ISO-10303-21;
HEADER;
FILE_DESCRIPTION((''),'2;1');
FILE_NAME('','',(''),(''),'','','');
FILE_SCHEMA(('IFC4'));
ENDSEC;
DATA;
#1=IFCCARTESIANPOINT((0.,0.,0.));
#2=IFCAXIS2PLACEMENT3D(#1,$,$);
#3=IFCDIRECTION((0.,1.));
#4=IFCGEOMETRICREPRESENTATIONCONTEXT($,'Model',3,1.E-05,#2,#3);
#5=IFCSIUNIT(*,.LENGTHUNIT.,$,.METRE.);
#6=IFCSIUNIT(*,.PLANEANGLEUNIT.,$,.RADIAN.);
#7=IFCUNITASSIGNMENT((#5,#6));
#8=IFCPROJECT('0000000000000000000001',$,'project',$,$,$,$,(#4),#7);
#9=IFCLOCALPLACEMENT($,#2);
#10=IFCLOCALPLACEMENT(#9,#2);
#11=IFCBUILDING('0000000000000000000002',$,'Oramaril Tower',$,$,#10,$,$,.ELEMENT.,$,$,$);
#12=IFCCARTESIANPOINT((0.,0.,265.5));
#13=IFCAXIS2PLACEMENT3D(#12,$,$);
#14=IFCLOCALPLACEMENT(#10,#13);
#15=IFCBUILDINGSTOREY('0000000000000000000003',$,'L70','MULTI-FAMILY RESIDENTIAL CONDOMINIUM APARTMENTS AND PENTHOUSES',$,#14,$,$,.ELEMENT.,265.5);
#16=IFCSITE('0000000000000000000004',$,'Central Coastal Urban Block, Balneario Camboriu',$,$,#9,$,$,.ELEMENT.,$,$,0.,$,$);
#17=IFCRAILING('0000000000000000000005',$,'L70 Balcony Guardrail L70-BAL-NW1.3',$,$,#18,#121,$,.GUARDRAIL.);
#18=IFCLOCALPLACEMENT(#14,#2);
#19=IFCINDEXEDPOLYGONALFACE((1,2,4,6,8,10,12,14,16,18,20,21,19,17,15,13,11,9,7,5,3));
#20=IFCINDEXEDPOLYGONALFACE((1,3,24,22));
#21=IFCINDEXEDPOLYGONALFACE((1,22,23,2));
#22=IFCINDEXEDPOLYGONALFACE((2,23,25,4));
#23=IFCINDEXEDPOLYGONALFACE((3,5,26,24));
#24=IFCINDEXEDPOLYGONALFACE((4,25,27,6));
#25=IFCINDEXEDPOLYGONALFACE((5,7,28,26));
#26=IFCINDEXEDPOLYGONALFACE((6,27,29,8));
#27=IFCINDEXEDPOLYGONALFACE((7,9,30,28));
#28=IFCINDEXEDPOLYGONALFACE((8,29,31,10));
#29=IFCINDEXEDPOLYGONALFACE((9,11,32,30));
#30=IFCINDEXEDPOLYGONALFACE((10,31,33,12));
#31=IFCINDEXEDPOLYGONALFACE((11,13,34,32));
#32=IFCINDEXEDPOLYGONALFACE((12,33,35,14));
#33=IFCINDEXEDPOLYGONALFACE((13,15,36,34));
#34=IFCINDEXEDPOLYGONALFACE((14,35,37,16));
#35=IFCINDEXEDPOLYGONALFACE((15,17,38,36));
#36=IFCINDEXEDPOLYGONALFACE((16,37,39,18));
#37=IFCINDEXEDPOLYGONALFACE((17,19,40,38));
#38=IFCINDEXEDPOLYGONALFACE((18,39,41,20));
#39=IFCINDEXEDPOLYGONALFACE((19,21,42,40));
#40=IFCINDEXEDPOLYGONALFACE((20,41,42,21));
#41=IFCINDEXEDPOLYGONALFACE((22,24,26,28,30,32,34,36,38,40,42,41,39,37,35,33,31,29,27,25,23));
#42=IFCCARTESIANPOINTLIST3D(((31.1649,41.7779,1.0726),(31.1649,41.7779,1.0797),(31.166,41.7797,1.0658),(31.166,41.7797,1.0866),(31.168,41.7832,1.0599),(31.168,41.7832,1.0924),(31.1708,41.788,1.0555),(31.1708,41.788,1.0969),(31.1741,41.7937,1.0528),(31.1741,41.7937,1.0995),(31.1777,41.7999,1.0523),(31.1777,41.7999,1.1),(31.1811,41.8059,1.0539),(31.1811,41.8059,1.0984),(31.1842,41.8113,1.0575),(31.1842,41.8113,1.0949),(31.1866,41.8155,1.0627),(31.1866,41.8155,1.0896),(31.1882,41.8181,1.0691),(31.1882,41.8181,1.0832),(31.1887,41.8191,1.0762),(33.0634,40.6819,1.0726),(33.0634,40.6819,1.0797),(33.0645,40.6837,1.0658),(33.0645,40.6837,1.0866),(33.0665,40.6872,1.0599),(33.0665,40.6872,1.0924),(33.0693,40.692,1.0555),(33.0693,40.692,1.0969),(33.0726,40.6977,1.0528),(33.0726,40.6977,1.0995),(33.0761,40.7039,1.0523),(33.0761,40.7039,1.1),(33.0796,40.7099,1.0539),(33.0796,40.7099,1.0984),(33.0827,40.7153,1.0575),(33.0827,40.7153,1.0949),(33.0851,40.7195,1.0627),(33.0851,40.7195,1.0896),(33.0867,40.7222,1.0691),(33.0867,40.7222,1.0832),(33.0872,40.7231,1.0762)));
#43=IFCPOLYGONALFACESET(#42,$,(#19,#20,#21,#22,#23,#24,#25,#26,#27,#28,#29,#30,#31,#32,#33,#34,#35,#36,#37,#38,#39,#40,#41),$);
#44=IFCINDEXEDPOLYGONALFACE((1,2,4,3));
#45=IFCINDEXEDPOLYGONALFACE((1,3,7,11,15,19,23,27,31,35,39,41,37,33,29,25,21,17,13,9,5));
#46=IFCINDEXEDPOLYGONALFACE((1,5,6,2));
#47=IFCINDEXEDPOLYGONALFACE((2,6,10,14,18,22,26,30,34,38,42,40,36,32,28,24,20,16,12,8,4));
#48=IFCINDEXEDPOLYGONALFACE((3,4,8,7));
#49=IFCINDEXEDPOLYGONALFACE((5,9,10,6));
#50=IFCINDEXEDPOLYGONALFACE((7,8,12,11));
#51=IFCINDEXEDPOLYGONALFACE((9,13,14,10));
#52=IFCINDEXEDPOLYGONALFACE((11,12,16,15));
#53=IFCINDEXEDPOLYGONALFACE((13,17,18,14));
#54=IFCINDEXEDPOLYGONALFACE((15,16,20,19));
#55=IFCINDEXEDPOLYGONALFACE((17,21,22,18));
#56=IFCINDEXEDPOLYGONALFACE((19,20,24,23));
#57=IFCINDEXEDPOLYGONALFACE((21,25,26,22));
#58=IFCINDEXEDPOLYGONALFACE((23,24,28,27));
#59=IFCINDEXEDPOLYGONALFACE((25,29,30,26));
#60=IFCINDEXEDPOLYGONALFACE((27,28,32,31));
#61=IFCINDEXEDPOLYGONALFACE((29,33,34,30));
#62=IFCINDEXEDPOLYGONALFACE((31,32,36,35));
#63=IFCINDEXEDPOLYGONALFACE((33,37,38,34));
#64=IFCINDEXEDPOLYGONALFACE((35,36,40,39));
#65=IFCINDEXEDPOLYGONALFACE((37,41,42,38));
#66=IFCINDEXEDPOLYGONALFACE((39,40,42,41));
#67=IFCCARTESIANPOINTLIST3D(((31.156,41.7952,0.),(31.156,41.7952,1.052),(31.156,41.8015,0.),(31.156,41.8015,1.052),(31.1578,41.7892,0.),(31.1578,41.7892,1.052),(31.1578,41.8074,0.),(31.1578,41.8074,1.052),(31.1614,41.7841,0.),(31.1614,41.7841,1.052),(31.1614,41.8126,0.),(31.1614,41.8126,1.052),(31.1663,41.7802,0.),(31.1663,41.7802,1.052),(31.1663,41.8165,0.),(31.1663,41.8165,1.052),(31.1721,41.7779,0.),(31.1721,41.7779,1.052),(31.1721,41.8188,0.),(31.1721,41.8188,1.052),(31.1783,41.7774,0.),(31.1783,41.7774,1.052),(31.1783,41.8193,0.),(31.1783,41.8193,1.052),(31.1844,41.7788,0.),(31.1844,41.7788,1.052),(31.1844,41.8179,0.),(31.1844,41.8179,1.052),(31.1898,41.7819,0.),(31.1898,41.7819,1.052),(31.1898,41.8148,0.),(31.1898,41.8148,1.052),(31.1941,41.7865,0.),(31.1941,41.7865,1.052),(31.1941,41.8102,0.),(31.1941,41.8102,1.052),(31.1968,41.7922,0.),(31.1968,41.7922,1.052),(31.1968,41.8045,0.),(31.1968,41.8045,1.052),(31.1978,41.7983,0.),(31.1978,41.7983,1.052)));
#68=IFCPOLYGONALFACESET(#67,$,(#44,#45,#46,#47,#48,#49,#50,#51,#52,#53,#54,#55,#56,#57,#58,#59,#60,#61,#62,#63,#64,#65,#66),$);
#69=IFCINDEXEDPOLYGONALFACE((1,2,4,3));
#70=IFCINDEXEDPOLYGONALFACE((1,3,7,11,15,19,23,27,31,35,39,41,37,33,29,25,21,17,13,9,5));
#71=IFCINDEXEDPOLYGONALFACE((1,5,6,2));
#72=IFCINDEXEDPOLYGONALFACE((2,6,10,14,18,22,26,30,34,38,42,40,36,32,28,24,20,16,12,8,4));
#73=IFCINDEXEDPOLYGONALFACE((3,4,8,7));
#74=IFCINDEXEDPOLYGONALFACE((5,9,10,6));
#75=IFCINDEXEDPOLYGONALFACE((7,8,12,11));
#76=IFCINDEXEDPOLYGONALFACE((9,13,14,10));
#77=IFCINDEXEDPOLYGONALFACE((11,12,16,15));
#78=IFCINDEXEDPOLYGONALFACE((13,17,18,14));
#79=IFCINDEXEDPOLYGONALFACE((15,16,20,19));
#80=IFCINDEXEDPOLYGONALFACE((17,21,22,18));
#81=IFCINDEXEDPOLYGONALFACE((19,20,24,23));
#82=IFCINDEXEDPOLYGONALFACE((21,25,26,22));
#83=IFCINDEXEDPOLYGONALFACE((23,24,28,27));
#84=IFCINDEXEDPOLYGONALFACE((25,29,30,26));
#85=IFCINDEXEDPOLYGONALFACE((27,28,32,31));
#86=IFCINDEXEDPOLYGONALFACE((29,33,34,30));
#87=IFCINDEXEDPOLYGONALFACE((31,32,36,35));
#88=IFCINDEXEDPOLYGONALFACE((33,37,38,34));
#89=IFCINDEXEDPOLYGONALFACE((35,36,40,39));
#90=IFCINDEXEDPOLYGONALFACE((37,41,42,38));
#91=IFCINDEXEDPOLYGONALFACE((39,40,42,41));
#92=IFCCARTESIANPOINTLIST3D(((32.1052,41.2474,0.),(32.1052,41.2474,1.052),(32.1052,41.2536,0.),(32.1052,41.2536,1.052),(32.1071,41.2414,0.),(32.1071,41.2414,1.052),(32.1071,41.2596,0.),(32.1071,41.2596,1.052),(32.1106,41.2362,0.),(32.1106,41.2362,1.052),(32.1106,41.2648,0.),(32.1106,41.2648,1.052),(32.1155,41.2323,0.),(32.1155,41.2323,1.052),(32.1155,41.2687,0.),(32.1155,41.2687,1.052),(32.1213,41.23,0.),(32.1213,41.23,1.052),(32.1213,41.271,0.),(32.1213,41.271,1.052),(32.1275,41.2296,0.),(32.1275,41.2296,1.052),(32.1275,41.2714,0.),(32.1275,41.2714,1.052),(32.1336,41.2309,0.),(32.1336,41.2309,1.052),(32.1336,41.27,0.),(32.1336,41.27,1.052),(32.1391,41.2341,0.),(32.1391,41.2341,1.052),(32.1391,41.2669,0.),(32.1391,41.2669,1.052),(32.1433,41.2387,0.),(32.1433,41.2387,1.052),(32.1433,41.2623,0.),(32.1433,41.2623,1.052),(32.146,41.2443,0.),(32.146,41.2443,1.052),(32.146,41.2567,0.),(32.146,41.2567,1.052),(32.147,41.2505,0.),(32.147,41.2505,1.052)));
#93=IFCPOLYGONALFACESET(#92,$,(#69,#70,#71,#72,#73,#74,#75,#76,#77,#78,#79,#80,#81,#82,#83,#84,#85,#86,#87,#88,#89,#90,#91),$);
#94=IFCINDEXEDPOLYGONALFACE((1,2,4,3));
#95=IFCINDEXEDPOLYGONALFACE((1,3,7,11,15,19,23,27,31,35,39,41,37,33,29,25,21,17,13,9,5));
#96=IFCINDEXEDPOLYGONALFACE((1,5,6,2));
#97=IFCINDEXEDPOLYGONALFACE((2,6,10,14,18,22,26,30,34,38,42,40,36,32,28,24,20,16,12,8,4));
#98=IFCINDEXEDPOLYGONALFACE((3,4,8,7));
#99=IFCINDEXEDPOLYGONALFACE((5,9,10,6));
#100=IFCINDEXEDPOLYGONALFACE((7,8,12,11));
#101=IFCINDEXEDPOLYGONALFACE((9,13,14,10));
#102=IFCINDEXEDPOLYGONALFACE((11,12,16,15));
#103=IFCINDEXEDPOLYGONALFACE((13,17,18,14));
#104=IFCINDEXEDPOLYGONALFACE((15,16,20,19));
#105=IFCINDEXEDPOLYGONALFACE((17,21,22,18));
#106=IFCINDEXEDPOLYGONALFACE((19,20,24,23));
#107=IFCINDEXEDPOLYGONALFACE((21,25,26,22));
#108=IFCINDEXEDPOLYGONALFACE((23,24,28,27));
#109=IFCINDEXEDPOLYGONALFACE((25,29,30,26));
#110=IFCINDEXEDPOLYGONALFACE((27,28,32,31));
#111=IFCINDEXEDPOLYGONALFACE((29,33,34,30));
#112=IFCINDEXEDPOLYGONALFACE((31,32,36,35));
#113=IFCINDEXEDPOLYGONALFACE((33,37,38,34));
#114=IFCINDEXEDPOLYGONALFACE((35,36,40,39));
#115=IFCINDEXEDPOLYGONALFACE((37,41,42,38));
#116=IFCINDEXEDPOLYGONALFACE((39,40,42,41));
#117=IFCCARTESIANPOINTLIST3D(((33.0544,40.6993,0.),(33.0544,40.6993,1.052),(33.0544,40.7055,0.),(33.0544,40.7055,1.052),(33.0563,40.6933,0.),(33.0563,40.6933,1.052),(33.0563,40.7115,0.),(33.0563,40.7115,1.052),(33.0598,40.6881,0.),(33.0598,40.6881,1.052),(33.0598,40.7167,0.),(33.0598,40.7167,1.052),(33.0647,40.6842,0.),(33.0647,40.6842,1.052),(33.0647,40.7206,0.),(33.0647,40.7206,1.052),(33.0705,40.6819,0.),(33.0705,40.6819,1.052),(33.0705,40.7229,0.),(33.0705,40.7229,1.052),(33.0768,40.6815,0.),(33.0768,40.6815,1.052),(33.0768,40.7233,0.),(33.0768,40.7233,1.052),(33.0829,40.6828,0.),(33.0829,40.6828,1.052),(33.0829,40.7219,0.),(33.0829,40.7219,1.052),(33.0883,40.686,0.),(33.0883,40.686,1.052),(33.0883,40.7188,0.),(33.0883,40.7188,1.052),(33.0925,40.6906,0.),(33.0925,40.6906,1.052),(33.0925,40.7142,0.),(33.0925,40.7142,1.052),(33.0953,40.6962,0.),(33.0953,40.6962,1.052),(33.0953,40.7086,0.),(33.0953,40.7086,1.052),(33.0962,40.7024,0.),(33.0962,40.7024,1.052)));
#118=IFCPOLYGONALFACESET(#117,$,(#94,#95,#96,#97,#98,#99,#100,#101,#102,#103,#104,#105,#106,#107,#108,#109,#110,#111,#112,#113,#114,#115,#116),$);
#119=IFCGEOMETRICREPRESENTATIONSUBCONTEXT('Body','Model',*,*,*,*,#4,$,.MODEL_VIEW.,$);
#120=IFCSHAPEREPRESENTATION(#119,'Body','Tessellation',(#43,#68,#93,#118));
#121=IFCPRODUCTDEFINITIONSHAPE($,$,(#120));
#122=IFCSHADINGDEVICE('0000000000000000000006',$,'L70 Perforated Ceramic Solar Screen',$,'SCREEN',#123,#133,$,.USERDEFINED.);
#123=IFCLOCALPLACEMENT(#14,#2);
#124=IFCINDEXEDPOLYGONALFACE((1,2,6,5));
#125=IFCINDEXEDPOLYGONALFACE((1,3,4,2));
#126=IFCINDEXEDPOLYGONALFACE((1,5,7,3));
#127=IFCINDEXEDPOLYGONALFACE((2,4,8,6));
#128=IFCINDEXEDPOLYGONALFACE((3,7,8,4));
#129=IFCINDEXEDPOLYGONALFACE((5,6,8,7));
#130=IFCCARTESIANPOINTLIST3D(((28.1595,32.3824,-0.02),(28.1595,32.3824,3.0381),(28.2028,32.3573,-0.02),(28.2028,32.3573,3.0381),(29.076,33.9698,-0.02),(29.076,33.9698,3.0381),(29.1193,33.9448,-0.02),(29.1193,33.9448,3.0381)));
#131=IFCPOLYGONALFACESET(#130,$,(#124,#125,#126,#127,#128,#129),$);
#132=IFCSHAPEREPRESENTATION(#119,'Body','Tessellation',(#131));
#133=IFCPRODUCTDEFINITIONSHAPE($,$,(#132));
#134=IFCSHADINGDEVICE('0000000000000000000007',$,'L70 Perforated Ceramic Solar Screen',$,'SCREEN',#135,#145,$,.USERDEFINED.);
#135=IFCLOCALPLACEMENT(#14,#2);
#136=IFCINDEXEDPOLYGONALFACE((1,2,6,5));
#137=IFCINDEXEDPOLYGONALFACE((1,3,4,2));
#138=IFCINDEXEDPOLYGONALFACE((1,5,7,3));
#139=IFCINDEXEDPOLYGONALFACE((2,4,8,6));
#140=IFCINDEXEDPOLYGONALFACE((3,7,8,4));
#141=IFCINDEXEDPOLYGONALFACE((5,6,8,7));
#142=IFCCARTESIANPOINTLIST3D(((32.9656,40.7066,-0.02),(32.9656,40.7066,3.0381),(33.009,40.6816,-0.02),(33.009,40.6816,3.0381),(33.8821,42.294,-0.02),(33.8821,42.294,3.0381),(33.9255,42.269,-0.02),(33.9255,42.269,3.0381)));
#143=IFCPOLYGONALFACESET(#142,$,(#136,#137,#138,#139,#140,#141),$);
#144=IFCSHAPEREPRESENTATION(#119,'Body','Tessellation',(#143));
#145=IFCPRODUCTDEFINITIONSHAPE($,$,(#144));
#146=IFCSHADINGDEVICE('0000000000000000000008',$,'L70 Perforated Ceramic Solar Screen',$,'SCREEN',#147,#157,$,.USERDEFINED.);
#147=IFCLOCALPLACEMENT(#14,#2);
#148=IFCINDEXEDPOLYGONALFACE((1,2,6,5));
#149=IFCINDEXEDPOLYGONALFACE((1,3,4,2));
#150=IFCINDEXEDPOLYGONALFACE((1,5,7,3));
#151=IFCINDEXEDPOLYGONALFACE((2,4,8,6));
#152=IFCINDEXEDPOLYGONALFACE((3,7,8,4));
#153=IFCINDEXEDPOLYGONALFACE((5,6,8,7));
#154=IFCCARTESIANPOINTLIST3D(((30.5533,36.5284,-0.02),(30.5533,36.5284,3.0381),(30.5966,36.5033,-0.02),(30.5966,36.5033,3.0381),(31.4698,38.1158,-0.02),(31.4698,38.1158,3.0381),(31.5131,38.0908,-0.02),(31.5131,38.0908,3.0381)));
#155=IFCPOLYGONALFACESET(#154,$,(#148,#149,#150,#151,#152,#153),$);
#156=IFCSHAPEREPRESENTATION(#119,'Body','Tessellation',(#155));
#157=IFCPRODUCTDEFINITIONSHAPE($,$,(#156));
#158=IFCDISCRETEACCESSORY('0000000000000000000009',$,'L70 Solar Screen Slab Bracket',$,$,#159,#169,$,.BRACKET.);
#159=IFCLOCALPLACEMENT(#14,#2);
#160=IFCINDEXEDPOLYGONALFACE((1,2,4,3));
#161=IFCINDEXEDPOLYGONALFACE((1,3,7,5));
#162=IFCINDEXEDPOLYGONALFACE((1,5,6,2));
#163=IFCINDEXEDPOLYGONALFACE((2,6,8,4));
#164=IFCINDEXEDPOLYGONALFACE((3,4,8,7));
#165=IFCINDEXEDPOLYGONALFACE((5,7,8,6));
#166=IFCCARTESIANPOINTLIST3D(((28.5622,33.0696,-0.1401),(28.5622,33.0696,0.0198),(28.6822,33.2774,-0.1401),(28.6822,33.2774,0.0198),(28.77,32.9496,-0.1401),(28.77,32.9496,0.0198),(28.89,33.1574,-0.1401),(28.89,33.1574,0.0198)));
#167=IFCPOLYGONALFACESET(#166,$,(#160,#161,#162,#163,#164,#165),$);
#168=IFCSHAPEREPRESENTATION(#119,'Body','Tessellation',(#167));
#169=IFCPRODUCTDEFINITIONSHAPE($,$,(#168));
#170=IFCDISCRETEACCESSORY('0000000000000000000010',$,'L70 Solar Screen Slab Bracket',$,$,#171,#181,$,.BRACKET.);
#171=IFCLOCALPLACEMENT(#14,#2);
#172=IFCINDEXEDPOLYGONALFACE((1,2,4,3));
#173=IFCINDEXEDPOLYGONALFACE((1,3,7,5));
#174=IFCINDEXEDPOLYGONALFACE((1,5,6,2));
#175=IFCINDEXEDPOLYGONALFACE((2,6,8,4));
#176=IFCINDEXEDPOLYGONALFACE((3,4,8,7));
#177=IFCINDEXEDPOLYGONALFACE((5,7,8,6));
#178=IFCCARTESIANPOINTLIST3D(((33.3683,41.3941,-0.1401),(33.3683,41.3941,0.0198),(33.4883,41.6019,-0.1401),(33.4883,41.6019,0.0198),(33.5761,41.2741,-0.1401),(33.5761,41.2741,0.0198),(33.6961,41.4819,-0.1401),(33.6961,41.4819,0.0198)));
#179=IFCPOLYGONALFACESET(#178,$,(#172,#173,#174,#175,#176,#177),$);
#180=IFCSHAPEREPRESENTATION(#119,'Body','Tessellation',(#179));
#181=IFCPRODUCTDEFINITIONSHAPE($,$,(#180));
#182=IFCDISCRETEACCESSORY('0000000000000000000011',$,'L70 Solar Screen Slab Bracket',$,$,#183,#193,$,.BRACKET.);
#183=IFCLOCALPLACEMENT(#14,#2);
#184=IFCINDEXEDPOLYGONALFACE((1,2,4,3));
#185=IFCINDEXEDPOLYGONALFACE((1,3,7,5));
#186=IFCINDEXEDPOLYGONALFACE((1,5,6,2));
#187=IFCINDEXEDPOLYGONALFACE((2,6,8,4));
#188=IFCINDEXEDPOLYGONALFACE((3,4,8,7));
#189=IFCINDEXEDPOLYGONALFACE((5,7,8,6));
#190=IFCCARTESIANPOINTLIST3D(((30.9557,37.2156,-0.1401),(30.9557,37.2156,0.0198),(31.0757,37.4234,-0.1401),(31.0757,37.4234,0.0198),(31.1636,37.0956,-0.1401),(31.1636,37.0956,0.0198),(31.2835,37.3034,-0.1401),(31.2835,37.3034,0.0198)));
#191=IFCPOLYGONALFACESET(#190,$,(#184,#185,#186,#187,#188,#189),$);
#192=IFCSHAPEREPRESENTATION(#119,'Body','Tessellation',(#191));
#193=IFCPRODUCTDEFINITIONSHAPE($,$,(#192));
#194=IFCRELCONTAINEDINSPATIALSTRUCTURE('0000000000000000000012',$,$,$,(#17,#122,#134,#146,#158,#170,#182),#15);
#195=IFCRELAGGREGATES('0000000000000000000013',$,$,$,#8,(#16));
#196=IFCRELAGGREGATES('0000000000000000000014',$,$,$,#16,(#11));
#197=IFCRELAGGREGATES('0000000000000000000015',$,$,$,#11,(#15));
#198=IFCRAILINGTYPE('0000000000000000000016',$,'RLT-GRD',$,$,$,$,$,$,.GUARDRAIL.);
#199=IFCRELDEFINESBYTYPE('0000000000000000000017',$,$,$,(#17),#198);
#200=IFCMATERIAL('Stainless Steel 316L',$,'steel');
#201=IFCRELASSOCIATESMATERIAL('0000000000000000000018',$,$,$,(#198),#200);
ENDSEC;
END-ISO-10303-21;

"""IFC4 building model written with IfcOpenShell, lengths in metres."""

from ifc_helpers import new_model, si_unit, direction, frame, origin, origin_2d, place, context, subcontext, project, spatial, rectangle, circle, extrude, material, type_object, element, save


model = new_model("IFC4")

# Units and contexts
model_context = context("Model", 3, precision=1e-05, world=origin(), true_north=direction((0.0, 1.0)))
body_context = subcontext(model_context, "Body", "Model", "MODEL_VIEW")
ifc_project = project(units=[si_unit("LENGTHUNIT", "METRE"), si_unit("PLANEANGLEUNIT", "RADIAN")], contexts=[model_context])

# Site, building, storey
site_placement = place(None, origin())
site = spatial("IfcSite", under=ifc_project, at=site_placement, Name="Central Coastal Urban Block, Balneario Camboriu", CompositionType="ELEMENT", RefElevation=0.0)
building_placement = place(site_placement, origin())
building = spatial("IfcBuilding", under=site, at=building_placement, Name="Oramaril Tower", CompositionType="ELEMENT")
storey_placement = place(building_placement, frame((0.0, 0.0, 265.5)))
storey = spatial("IfcBuildingStorey", under=building, at=storey_placement, Name="L70", Description="MULTI-FAMILY RESIDENTIAL CONDOMINIUM APARTMENTS AND PENTHOUSES", CompositionType="ELEMENT", Elevation=265.5)

# Railing
ifc_material_1 = material(Name="Stainless Steel 316L", Category="steel")
railing_type = type_object("IfcRailingType", Name="RLT-GRD", PredefinedType="GUARDRAIL", material=ifc_material_1)
railing_1_placement = place(storey_placement, frame((31.1768, 41.7983, 0.0)))
element("IfcRailing", 1, at=railing_1_placement, inside=storey, type_object=railing_type, Name="L70 Balcony Guardrail L70-BAL-NW1.3", PredefinedType="GUARDRAIL", context=body_context, shape_type="SweptSolid", body=[
    extrude(circle(Radius=0.0239, at=origin_2d()), frame((0.0, 0.0, 1.0762), z_axis=(0.866048, -0.49996, 0.0), x_axis=(0.49996, 0.866048, 0.0)), (0.0, 0.0, 1.0), 2.1921),
    extrude(circle(Radius=0.021, at=origin_2d()), origin(), (0.0, 0.0, 1.0), 1.052),
    extrude(circle(Radius=0.021, at=origin_2d()), frame((0.9492, -0.5479, 0.0)), (0.0, 0.0, 1.0), 1.052),
    extrude(circle(Radius=0.021, at=origin_2d()), frame((1.8984, -1.0959, 0.0)), (0.0, 0.0, 1.0), 1.052),
])

# Shading devices
for number, where, z_axis, x_axis, name in (
    (2, (28.6394, 33.1636, -0.02), (0.0, 0.0, 1.0), (-0.499998, -0.866026, 0.0), "L70 Perforated Ceramic Solar Screen"),
    (3, (33.4456, 41.4878, -0.02), (0.0, 0.0, 1.0), (-0.499998, -0.866026, 0.0), "L70 Perforated Ceramic Solar Screen"),
    (4, (31.0332, 37.3096, -0.02), (0.0, 0.0, 1.0), (-0.499998, -0.866026, 0.0), "L70 Perforated Ceramic Solar Screen"),
):
    element("IfcShadingDevice", number, at=place(storey_placement, frame(where, z_axis=z_axis, x_axis=x_axis)), inside=storey, Name=name, ObjectType="SCREEN", PredefinedType="USERDEFINED", context=body_context, shape_type="SweptSolid", body=[
        extrude(rectangle(XDim=1.833, YDim=0.05, at=origin_2d()), origin(), (0.0, 0.0, 1.0), 3.0581),
    ])

# Discrete accessories
for number, where, z_axis, x_axis, name in (
    (5, (28.7261, 33.1135, -0.1401), (0.0, 0.0, 1.0), (-0.499998, -0.866026, 0.0), "L70 Solar Screen Slab Bracket"),
    (6, (33.5322, 41.438, -0.1401), (0.0, 0.0, 1.0), (-0.499998, -0.866026, 0.0), "L70 Solar Screen Slab Bracket"),
    (7, (31.1196, 37.2595, -0.1401), (0.0, 0.0, 1.0), (-0.499998, -0.866026, 0.0), "L70 Solar Screen Slab Bracket"),
):
    element("IfcDiscreteAccessory", number, at=place(storey_placement, frame(where, z_axis=z_axis, x_axis=x_axis)), inside=storey, Name=name, PredefinedType="BRACKET", context=body_context, shape_type="SweptSolid", body=[
        extrude(rectangle(XDim=0.24, YDim=0.24, at=origin_2d()), origin(), (0.0, 0.0, 1.0), 0.1599),
    ])

save(model, "model.ifc")
